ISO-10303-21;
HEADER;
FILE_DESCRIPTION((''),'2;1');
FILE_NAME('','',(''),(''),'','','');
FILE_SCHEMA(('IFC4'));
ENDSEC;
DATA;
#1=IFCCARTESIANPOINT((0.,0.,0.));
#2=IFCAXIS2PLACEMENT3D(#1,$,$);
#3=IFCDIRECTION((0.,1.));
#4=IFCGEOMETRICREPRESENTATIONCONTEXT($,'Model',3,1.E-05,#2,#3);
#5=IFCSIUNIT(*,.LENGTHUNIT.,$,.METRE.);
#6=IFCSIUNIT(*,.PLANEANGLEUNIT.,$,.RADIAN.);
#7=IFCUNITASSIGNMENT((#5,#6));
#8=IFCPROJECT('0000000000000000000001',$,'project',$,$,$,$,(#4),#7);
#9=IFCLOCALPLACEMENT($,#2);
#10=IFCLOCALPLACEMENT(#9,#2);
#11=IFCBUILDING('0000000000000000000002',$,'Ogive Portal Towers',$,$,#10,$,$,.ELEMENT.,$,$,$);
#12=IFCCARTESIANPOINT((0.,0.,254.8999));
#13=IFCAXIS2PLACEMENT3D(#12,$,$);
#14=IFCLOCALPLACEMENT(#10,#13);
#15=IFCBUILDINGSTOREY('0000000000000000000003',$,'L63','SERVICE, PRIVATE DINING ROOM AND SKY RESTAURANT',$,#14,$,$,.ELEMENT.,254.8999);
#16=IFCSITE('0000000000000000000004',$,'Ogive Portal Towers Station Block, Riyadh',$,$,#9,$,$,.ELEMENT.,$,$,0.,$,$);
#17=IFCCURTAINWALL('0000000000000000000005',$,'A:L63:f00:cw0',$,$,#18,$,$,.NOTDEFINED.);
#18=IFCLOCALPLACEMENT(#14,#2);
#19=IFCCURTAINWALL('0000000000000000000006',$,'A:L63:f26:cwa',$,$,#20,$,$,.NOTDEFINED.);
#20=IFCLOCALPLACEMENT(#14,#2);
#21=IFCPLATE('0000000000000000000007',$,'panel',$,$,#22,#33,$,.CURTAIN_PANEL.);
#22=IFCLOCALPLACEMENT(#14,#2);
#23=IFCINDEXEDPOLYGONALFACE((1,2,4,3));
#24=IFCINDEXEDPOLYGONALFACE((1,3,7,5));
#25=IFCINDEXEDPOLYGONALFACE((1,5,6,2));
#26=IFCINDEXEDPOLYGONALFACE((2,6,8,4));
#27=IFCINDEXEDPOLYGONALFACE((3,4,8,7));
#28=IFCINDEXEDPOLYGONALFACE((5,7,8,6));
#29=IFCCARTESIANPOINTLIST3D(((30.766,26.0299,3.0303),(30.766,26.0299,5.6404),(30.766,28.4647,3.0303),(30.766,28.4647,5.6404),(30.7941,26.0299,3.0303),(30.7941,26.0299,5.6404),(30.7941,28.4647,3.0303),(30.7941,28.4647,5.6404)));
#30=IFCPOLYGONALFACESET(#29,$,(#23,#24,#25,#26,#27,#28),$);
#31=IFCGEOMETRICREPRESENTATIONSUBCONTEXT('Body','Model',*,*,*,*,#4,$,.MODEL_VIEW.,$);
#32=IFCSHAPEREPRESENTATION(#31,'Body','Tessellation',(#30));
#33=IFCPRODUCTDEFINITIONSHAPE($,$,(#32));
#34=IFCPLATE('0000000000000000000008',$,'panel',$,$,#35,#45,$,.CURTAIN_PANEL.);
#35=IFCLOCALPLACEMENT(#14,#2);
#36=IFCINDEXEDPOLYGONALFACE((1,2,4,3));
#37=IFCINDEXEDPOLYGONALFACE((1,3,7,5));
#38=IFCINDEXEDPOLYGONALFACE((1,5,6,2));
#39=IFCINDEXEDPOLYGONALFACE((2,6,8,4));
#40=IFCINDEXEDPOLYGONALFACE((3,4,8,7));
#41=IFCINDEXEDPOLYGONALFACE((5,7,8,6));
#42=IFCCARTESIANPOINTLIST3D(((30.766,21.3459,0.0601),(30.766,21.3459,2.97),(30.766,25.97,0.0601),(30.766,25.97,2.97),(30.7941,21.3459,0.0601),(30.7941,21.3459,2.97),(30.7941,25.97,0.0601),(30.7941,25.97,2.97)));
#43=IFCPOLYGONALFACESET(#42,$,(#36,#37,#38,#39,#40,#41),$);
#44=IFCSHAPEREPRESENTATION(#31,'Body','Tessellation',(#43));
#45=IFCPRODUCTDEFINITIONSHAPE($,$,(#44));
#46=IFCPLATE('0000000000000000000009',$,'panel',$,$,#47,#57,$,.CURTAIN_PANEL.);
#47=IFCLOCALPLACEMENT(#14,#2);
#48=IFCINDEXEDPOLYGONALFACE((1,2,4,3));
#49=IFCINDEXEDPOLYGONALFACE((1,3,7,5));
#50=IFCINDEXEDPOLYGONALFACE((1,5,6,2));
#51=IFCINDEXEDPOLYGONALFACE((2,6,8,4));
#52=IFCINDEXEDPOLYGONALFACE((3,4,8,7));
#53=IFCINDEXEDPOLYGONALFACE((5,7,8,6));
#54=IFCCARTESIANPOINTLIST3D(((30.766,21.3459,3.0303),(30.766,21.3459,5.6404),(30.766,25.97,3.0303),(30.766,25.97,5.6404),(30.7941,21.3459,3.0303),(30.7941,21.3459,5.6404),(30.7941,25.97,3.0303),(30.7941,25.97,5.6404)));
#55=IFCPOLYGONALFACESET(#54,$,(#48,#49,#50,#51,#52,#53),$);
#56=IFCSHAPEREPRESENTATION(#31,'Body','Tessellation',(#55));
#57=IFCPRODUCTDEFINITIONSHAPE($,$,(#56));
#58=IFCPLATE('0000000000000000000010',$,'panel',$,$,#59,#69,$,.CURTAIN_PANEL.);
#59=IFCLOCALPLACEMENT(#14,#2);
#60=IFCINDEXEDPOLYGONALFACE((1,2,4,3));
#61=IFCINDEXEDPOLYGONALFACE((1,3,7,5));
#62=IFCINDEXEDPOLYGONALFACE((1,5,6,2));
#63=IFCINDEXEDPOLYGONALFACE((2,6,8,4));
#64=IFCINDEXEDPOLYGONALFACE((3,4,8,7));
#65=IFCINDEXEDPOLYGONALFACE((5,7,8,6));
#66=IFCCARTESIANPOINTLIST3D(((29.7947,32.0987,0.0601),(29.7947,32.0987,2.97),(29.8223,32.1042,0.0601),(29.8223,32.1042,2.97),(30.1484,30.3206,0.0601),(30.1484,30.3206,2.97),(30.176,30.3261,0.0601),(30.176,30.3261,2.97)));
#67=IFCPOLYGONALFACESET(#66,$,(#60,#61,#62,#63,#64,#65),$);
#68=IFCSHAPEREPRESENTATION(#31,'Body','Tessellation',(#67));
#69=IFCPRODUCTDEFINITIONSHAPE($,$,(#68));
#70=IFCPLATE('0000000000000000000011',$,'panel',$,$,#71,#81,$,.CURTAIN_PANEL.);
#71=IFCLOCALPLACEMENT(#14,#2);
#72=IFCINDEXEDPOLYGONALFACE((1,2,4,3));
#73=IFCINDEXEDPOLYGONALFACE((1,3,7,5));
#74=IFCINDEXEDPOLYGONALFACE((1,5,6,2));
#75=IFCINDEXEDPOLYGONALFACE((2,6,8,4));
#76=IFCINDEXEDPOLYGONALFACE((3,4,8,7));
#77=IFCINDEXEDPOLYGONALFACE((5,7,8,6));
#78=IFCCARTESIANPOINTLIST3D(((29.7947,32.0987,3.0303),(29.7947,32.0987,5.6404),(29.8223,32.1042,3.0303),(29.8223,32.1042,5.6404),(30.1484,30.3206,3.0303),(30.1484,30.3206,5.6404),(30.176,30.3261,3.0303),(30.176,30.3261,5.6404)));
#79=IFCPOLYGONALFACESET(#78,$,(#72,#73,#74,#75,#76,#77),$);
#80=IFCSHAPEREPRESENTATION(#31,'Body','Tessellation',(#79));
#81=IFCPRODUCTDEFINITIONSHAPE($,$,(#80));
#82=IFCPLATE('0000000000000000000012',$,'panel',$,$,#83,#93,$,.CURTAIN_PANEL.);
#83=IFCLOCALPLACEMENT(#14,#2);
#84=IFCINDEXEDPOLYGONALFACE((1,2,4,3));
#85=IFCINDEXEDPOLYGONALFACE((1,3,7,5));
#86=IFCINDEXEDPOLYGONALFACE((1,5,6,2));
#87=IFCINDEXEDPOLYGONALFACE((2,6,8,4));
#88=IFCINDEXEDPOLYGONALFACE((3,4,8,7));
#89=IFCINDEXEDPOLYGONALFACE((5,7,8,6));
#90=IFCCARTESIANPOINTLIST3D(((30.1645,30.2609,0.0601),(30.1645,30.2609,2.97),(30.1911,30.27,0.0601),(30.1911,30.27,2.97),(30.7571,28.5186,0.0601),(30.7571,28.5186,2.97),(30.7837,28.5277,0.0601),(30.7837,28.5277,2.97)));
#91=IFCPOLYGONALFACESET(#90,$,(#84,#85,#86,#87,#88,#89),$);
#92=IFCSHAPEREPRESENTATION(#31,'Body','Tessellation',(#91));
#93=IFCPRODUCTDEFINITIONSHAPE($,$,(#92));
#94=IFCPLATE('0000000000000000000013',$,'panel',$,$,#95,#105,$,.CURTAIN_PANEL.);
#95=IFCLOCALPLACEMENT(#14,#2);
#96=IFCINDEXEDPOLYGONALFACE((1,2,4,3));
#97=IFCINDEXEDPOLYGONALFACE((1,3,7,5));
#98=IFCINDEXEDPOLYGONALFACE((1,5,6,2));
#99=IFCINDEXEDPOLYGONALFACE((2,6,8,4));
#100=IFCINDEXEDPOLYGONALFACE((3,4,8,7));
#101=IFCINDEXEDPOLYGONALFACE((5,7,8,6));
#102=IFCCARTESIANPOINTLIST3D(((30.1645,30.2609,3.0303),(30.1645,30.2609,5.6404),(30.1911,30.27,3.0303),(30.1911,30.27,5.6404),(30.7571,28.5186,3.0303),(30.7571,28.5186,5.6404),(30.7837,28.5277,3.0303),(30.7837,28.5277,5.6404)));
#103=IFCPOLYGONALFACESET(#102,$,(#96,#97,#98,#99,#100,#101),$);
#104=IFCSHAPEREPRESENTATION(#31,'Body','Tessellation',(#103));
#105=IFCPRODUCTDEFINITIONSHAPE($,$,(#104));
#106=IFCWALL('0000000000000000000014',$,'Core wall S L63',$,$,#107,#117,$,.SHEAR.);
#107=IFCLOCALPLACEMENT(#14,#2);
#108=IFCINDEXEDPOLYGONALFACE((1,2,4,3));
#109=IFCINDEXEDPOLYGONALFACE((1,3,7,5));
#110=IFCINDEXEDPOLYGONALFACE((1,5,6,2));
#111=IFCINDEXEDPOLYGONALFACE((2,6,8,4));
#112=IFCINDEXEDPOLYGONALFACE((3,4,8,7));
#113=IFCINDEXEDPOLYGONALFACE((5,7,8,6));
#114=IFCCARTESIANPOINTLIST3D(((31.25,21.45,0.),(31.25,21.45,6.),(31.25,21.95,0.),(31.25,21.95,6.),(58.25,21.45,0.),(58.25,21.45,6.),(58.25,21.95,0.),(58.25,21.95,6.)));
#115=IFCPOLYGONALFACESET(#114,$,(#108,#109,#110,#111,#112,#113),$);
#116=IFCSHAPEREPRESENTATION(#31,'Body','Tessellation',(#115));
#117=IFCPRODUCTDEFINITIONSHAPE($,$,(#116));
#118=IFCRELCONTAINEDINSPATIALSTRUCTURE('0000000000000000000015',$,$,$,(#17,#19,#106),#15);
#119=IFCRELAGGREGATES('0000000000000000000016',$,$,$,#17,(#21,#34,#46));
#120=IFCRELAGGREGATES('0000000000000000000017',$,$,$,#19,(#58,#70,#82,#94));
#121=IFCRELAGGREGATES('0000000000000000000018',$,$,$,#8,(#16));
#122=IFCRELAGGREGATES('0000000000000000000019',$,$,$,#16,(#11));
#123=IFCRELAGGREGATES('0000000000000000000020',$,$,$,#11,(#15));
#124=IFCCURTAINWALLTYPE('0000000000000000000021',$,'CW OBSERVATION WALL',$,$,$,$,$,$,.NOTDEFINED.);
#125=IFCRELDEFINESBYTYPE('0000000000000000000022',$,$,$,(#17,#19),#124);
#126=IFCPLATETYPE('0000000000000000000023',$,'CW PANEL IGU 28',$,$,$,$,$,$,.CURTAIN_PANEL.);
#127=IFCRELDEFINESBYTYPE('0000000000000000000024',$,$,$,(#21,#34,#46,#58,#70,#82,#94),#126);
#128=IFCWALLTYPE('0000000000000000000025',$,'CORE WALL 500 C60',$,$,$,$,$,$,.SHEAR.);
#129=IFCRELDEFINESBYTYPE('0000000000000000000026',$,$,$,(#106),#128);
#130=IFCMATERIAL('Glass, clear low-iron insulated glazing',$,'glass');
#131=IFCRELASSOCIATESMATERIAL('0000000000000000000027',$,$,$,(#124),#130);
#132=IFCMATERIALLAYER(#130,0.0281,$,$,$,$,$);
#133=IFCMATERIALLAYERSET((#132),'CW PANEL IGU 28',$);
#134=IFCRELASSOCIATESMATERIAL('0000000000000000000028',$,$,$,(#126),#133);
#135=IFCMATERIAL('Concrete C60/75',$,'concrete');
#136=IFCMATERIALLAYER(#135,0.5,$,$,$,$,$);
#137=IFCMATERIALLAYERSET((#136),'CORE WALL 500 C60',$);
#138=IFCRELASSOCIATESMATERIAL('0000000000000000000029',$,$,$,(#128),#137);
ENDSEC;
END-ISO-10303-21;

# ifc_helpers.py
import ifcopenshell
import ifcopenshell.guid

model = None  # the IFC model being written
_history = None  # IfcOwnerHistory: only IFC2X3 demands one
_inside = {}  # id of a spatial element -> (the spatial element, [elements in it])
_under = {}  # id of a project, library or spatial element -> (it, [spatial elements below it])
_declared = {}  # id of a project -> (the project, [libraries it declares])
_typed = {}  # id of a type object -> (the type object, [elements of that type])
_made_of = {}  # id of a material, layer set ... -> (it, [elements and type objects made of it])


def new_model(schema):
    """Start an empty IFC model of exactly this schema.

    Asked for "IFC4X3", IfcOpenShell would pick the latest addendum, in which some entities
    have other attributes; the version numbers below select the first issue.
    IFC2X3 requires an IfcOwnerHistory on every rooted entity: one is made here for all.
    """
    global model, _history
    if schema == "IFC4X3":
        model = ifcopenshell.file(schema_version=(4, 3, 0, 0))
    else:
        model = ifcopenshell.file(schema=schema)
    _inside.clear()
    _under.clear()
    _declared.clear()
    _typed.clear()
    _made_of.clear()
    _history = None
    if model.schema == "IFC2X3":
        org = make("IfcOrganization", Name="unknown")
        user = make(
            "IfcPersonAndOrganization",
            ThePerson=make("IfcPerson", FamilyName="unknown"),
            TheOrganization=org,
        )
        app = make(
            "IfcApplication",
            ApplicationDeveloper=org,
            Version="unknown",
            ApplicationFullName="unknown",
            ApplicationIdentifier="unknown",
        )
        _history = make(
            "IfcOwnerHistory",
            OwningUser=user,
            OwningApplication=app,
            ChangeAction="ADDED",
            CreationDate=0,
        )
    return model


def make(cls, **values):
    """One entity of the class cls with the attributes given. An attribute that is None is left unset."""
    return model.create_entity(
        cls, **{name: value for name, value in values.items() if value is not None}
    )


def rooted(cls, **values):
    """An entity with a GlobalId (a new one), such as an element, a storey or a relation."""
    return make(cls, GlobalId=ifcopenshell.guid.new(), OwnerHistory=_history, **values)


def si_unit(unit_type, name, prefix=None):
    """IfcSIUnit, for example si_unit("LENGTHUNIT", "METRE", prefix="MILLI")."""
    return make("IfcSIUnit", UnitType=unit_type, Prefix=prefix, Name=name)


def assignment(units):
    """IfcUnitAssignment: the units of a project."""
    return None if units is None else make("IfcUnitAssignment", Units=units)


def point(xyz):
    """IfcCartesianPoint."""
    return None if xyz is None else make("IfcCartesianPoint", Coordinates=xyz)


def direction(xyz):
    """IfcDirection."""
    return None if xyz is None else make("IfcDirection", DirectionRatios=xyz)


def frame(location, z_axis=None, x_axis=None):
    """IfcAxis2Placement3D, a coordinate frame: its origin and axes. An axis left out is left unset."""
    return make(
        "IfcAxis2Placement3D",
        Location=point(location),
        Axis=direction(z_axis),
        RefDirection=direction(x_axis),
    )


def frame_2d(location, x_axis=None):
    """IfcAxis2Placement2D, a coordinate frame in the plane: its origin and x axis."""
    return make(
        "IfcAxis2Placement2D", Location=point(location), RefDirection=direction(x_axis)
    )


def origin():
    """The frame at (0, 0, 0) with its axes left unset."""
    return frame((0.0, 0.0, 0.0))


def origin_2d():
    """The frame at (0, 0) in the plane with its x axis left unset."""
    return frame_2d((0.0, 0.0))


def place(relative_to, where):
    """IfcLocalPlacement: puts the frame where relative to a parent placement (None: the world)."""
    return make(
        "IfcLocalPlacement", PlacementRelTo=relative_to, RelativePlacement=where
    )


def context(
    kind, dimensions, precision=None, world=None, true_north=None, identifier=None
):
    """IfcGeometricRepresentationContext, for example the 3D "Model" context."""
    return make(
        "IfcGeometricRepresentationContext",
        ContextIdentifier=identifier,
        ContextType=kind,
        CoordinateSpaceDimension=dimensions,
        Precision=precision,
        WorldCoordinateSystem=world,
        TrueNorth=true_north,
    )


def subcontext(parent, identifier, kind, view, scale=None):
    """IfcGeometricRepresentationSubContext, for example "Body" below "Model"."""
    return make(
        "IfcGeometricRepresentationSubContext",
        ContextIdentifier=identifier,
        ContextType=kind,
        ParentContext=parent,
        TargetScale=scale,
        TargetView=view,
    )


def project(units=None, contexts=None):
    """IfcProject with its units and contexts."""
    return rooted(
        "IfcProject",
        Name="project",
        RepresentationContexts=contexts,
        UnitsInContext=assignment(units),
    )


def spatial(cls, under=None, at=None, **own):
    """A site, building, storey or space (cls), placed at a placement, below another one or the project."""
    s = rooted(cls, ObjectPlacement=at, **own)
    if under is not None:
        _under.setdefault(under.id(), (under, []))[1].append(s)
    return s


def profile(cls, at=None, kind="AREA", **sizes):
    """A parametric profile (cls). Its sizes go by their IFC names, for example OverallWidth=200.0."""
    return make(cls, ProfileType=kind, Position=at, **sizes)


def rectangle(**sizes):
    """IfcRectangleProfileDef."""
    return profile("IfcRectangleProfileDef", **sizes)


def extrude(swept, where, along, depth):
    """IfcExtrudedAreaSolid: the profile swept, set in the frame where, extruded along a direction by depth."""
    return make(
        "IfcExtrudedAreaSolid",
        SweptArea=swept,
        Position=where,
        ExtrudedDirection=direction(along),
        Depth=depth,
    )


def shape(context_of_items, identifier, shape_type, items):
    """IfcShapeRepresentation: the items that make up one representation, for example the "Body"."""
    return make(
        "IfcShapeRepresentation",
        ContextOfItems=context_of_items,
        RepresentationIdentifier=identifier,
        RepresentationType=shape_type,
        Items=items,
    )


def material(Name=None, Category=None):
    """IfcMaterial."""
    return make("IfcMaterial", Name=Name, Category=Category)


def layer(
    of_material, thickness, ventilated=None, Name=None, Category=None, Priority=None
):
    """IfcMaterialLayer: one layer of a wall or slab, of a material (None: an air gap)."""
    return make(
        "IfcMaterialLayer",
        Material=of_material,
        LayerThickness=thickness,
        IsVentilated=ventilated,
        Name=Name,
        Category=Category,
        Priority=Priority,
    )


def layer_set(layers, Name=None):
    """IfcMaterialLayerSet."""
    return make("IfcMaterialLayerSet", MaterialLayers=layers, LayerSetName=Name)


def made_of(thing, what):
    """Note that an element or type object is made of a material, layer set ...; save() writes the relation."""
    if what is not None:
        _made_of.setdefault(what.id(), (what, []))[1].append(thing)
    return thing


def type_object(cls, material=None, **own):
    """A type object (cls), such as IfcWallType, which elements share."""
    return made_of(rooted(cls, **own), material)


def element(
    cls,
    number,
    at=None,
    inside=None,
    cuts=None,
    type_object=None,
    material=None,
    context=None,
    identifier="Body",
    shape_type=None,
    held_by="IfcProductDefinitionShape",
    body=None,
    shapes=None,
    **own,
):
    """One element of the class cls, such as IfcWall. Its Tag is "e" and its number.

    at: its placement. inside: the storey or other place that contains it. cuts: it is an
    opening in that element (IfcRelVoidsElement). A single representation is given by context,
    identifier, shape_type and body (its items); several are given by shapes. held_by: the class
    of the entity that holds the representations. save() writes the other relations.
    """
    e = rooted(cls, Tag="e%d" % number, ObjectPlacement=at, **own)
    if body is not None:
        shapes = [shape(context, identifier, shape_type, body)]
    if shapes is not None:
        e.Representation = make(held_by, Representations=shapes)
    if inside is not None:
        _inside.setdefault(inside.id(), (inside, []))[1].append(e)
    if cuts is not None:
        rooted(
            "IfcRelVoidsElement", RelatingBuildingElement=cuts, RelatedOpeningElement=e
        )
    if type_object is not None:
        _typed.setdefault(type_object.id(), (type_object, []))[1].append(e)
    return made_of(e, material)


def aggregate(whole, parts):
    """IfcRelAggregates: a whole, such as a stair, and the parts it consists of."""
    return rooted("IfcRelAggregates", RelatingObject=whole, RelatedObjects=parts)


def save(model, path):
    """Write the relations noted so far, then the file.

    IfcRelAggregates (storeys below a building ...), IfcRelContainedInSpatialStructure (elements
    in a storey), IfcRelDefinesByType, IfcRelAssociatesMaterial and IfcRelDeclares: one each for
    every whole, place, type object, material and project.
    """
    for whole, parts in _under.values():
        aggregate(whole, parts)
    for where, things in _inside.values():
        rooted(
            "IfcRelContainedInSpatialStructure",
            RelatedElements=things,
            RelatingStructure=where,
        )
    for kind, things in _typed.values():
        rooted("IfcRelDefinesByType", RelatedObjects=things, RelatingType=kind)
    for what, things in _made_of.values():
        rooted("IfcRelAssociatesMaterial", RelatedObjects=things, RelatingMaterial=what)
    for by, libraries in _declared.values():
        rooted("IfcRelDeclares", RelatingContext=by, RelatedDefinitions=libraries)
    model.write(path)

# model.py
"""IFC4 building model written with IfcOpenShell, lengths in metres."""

from ifc_helpers import new_model, si_unit, direction, frame, frame_2d, origin, origin_2d, place, context, subcontext, project, spatial, rectangle, extrude, material, layer, layer_set, type_object, element, aggregate, save


model = new_model("IFC4")

# Units and contexts
model_context = context("Model", 3, precision=1e-05, world=origin(), true_north=direction((0.0, 1.0)))
body_context = subcontext(model_context, "Body", "Model", "MODEL_VIEW")
ifc_project = project(units=[si_unit("LENGTHUNIT", "METRE"), si_unit("PLANEANGLEUNIT", "RADIAN")], contexts=[model_context])

# Site, building, storey
site_placement = place(None, origin())
site = spatial("IfcSite", under=ifc_project, at=site_placement, Name="Ogive Portal Towers Station Block, Riyadh", CompositionType="ELEMENT", RefElevation=0.0)
building_placement = place(site_placement, origin())
building = spatial("IfcBuilding", under=site, at=building_placement, Name="Ogive Portal Towers", CompositionType="ELEMENT")
storey_placement = place(building_placement, frame((0.0, 0.0, 254.8999)))
storey = spatial("IfcBuildingStorey", under=building, at=storey_placement, Name="L63", Description="SERVICE, PRIVATE DINING ROOM AND SKY RESTAURANT", CompositionType="ELEMENT", Elevation=254.8999)

# Curtain walls
ifc_material_1 = material(Name="Glass, clear low-iron insulated glazing", Category="glass")
curtain_wall_type = type_object("IfcCurtainWallType", Name="CW OBSERVATION WALL", PredefinedType="NOTDEFINED", material=ifc_material_1)
curtain_wall_1_placement = place(storey_placement, origin())
curtain_wall_1 = element("IfcCurtainWall", 1, at=curtain_wall_1_placement, inside=storey, type_object=curtain_wall_type, Name="A:L63:f00:cw0", PredefinedType="NOTDEFINED")
curtain_wall_2_placement = place(storey_placement, origin())
curtain_wall_2 = element("IfcCurtainWall", 2, at=curtain_wall_2_placement, inside=storey, type_object=curtain_wall_type, Name="A:L63:f26:cwa", PredefinedType="NOTDEFINED")

# Plates
ifc_layer_1 = layer(ifc_material_1, 0.0281)
ifc_layer_set_1 = layer_set([ifc_layer_1], Name="CW PANEL IGU 28")
plate_type = type_object("IfcPlateType", Name="CW PANEL IGU 28", PredefinedType="CURTAIN_PANEL", material=ifc_layer_set_1)
plate_1_placement = place(storey_placement, frame((30.78, 27.2473, 3.0303), z_axis=(0.0, 0.0, 1.0), x_axis=(0.0, -1.0, 0.0)))
plate_1 = element("IfcPlate", 3, at=plate_1_placement, type_object=plate_type, Name="panel", PredefinedType="CURTAIN_PANEL", context=body_context, shape_type="SweptSolid", body=[
    extrude(rectangle(XDim=2.4348, YDim=0.0281, at=origin_2d()), origin(), (0.0, 0.0, 1.0), 2.6101),
])
plate_2_placement = place(storey_placement, frame((30.78, 23.658, 0.0601), z_axis=(0.0, 0.0, 1.0), x_axis=(0.0, -1.0, 0.0)))
plate_2 = element("IfcPlate", 4, at=plate_2_placement, type_object=plate_type, Name="panel", PredefinedType="CURTAIN_PANEL", context=body_context, shape_type="SweptSolid", body=[
    extrude(rectangle(XDim=4.624, YDim=0.0281, at=origin_2d()), origin(), (0.0, 0.0, 1.0), 2.9099),
])
plate_3_placement = place(storey_placement, frame((30.78, 23.658, 3.0303), z_axis=(0.0, 0.0, 1.0), x_axis=(0.0, -1.0, 0.0)))
plate_3 = element("IfcPlate", 5, at=plate_3_placement, type_object=plate_type, Name="panel", PredefinedType="CURTAIN_PANEL", context=body_context, shape_type="SweptSolid", body=[
    extrude(rectangle(XDim=4.624, YDim=0.0281, at=origin_2d()), origin(), (0.0, 0.0, 1.0), 2.6101),
])
aggregate(curtain_wall_1, [plate_1, plate_2, plate_3])
plate_4_placement = place(storey_placement, frame((29.9854, 31.2124, 0.0601), z_axis=(0.0, 0.0, 1.0), x_axis=(0.19509, -0.980785, 0.0)))
plate_4 = element("IfcPlate", 6, at=plate_4_placement, type_object=plate_type, Name="panel", PredefinedType="CURTAIN_PANEL", context=body_context, shape_type="SweptSolid", body=[
    extrude(rectangle(XDim=1.813, YDim=0.0281, at=origin_2d()), origin(), (0.0, 0.0, 1.0), 2.9099),
])
plate_5_placement = place(storey_placement, frame((29.9854, 31.2124, 3.0303), z_axis=(0.0, 0.0, 1.0), x_axis=(0.19509, -0.980785, 0.0)))
plate_5 = element("IfcPlate", 7, at=plate_5_placement, type_object=plate_type, Name="panel", PredefinedType="CURTAIN_PANEL", context=body_context, shape_type="SweptSolid", body=[
    extrude(rectangle(XDim=1.813, YDim=0.0281, at=origin_2d()), origin(), (0.0, 0.0, 1.0), 2.6101),
])
plate_6_placement = place(storey_placement, frame((30.4741, 29.3943, 0.0601), z_axis=(0.0, 0.0, 1.0), x_axis=(0.32201, -0.946736, 0.0)))
plate_6 = element("IfcPlate", 8, at=plate_6_placement, type_object=plate_type, Name="panel", PredefinedType="CURTAIN_PANEL", context=body_context, shape_type="SweptSolid", body=[
    extrude(rectangle(XDim=1.8403, YDim=0.0281, at=origin_2d()), origin(), (0.0, 0.0, 1.0), 2.9099),
])
plate_7_placement = place(storey_placement, frame((30.4741, 29.3943, 3.0303), z_axis=(0.0, 0.0, 1.0), x_axis=(0.32201, -0.946736, 0.0)))
plate_7 = element("IfcPlate", 9, at=plate_7_placement, type_object=plate_type, Name="panel", PredefinedType="CURTAIN_PANEL", context=body_context, shape_type="SweptSolid", body=[
    extrude(rectangle(XDim=1.8403, YDim=0.0281, at=origin_2d()), origin(), (0.0, 0.0, 1.0), 2.6101),
])
aggregate(curtain_wall_2, [plate_4, plate_5, plate_6, plate_7])

# Wall
ifc_material_2 = material(Name="Concrete C60/75", Category="concrete")
ifc_layer_2 = layer(ifc_material_2, 0.5)
ifc_layer_set_2 = layer_set([ifc_layer_2], Name="CORE WALL 500 C60")
wall_type = type_object("IfcWallType", Name="CORE WALL 500 C60", PredefinedType="SHEAR", material=ifc_layer_set_2)
wall_placement = place(storey_placement, frame((31.25, 21.7, 0.0), z_axis=(0.0, 0.0, 1.0), x_axis=(1.0, 0.0, 0.0)))
element("IfcWall", 10, at=wall_placement, inside=storey, type_object=wall_type, Name="Core wall S L63", PredefinedType="SHEAR", context=body_context, shape_type="SweptSolid", body=[
    extrude(rectangle(XDim=27.0, YDim=0.5, at=frame_2d((13.5, 0.0))), origin(), (0.0, 0.0, 1.0), 6.0),
])

save(model, "model.ifc")
